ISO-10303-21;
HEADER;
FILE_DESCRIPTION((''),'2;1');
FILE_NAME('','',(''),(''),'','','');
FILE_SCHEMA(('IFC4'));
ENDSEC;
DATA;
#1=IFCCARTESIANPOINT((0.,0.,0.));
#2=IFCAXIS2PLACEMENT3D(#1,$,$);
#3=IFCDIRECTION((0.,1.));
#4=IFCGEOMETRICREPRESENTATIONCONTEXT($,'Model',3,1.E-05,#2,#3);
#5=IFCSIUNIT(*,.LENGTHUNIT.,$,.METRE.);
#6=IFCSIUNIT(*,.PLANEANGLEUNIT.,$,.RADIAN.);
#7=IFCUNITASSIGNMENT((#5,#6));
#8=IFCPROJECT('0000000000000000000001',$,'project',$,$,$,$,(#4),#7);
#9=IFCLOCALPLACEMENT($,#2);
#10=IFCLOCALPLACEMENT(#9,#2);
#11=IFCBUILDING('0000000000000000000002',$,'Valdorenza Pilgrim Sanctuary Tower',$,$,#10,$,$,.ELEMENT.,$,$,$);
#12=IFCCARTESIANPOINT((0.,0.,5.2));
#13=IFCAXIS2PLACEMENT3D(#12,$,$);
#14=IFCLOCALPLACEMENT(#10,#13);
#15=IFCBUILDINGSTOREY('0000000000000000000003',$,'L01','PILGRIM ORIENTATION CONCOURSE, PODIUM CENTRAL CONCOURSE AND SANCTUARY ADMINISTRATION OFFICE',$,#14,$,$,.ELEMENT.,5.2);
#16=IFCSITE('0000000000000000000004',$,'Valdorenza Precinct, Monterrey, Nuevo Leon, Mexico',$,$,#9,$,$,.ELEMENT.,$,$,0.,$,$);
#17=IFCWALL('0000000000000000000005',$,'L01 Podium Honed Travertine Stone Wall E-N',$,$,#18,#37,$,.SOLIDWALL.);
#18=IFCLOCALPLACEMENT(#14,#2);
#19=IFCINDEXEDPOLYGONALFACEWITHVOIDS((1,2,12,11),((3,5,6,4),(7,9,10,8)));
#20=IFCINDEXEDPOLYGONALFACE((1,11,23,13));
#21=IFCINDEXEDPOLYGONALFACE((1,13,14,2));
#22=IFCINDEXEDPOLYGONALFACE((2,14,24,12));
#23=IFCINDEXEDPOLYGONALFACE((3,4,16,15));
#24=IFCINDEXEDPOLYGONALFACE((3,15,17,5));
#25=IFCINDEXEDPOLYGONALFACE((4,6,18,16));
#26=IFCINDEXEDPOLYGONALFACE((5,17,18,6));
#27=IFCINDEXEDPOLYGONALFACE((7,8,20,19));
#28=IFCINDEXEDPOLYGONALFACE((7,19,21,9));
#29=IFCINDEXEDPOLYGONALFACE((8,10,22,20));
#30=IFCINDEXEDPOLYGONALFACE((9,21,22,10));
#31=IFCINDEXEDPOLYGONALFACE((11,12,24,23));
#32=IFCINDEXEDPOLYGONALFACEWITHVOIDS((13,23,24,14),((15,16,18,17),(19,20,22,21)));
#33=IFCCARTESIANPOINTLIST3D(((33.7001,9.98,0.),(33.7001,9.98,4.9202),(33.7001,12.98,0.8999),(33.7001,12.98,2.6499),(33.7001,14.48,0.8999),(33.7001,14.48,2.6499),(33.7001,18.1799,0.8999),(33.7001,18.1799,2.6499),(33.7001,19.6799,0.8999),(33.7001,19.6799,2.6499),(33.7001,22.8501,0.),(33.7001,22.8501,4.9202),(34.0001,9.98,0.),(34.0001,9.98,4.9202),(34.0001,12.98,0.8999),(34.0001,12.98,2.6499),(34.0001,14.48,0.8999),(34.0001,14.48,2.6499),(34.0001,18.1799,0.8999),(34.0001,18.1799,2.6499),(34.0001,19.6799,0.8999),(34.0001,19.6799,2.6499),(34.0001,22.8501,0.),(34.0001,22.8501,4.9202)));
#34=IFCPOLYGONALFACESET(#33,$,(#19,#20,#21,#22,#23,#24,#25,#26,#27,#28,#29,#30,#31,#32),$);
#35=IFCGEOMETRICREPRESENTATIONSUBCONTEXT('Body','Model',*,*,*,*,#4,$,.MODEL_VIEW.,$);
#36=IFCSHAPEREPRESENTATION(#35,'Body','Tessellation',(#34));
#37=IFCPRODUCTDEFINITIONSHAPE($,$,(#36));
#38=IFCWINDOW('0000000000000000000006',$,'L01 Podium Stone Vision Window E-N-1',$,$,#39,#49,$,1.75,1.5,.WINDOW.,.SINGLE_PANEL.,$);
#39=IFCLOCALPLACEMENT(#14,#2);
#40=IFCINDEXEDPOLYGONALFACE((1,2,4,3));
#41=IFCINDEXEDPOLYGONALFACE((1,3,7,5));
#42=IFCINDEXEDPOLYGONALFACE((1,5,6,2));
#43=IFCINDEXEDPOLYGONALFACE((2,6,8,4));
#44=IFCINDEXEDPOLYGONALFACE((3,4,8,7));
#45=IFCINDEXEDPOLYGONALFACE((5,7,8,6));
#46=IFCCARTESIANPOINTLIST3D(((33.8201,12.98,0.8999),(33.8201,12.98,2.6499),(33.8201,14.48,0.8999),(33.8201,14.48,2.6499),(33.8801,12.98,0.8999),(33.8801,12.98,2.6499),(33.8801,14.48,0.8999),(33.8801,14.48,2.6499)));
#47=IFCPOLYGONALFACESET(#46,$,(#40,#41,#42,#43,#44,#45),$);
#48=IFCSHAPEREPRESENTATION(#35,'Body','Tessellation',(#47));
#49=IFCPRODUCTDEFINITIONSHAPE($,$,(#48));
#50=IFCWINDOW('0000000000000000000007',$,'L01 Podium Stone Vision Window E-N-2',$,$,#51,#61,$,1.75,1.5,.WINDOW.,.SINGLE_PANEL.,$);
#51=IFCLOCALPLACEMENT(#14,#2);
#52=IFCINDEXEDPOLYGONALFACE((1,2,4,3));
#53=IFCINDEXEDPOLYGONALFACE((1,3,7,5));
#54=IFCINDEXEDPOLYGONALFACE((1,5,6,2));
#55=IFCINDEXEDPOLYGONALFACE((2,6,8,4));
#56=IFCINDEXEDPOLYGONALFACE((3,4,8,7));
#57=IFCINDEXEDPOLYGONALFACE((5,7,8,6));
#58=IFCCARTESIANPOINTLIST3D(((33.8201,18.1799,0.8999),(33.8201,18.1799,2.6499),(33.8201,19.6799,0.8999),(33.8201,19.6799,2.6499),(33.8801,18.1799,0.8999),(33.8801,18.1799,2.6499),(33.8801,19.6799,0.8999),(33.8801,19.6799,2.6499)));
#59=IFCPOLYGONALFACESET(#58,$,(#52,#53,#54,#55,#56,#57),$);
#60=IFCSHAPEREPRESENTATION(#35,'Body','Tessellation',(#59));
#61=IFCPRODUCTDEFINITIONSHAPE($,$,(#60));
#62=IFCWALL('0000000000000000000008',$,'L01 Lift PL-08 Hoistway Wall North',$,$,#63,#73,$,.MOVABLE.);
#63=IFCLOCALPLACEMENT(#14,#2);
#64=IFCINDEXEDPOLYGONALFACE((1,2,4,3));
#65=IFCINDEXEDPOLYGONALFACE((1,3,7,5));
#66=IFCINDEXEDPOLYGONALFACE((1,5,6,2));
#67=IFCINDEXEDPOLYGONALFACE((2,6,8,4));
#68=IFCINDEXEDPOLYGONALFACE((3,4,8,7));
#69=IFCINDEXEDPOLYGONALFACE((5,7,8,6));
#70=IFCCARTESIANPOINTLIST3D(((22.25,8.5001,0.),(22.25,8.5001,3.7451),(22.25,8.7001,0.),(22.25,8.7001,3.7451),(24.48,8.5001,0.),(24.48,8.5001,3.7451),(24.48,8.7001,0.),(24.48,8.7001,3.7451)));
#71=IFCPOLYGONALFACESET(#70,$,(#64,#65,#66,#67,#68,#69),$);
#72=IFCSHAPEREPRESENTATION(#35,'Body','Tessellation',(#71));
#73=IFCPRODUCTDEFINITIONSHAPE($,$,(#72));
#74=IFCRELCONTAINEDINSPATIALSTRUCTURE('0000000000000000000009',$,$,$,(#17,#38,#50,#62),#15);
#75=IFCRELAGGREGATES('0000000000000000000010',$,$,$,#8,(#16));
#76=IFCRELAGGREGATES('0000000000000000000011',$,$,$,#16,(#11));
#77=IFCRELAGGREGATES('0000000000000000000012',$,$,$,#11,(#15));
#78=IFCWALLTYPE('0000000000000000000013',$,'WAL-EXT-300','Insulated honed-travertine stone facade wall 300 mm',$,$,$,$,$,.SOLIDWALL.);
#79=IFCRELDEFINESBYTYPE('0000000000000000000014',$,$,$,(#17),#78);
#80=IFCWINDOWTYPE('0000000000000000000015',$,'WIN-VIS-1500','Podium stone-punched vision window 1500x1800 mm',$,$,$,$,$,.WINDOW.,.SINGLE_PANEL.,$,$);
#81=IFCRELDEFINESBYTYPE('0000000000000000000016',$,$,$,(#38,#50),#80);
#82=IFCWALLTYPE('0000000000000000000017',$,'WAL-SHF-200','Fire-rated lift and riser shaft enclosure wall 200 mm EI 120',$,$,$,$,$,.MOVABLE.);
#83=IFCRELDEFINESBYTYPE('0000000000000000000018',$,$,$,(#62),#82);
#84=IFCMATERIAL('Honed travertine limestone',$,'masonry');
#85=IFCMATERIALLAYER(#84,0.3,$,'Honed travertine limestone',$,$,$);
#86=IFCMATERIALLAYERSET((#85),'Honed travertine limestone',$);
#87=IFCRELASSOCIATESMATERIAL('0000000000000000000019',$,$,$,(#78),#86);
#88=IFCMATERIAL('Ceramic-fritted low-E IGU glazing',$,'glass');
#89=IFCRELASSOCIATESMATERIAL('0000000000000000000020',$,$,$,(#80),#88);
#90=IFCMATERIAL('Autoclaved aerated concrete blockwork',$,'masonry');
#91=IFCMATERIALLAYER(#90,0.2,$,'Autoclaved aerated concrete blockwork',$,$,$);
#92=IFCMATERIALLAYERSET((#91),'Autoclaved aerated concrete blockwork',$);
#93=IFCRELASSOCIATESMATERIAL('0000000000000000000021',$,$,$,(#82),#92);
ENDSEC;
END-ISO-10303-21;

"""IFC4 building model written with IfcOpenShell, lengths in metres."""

from ifc_helpers import new_model, si_unit, direction, frame, frame_2d, origin, place, context, subcontext, project, spatial, rectangle, extrude, material, layer, layer_set, type_object, element, fill, save


model = new_model("IFC4")

# Units and contexts
model_context = context("Model", 3, precision=1e-05, world=origin(), true_north=direction((0.0, 1.0)))
body_context = subcontext(model_context, "Body", "Model", "MODEL_VIEW")
ifc_project = project(units=[si_unit("LENGTHUNIT", "METRE"), si_unit("PLANEANGLEUNIT", "RADIAN")], contexts=[model_context])

# Site, building, storey
site_placement = place(None, origin())
site = spatial("IfcSite", under=ifc_project, at=site_placement, Name="Valdorenza Precinct, Monterrey, Nuevo Leon, Mexico", CompositionType="ELEMENT", RefElevation=0.0)
building_placement = place(site_placement, origin())
building = spatial("IfcBuilding", under=site, at=building_placement, Name="Valdorenza Pilgrim Sanctuary Tower", CompositionType="ELEMENT")
storey_placement = place(building_placement, frame((0.0, 0.0, 5.2)))
storey = spatial("IfcBuildingStorey", under=building, at=storey_placement, Name="L01", Description="PILGRIM ORIENTATION CONCOURSE, PODIUM CENTRAL CONCOURSE AND SANCTUARY ADMINISTRATION OFFICE", CompositionType="ELEMENT", Elevation=5.2)

# Shared definitions
ifc_material_1 = material(Name="Honed travertine limestone", Category="masonry")
ifc_material_2 = material(Name="Ceramic-fritted low-E IGU glazing", Category="glass")

# Wall, openings, windows
ifc_layer_1 = layer(ifc_material_1, 0.3, Name="Honed travertine limestone")
ifc_layer_set_1 = layer_set([ifc_layer_1], Name="Honed travertine limestone")
wall_type_1 = type_object("IfcWallType", Name="WAL-EXT-300", Description="Insulated honed-travertine stone facade wall 300 mm", PredefinedType="SOLIDWALL", material=ifc_layer_set_1)
wall_1_placement = place(storey_placement, frame((33.8501, 9.98, 0.0), z_axis=(0.0, 0.0, 1.0), x_axis=(0.0, 1.0, 0.0)))
wall_1 = element("IfcWall", 1, at=wall_1_placement, inside=storey, type_object=wall_type_1, Name="L01 Podium Honed Travertine Stone Wall E-N", PredefinedType="SOLIDWALL", context=body_context, shape_type="SweptSolid", body=[
    extrude(rectangle(XDim=12.8701, YDim=0.3, at=frame_2d((6.4351, 0.0))), origin(), (0.0, 0.0, 1.0), 4.9202),
])
opening_1_placement = place(wall_1_placement, frame((3.0, 0.0, 0.8999)))
opening_1 = element("IfcOpeningElement", 2, at=opening_1_placement, cuts=wall_1, PredefinedType="OPENING", context=body_context, shape_type="SweptSolid", body=[
    extrude(rectangle(XDim=1.5, YDim=1.75, at=frame_2d((0.75, 0.875))), frame((0.0, 0.165, 0.0), z_axis=(0.0, -1.0, 0.0), x_axis=(1.0, 0.0, 0.0)), (0.0, 0.0, 1.0), 0.3298),
])
opening_2_placement = place(wall_1_placement, frame((8.2, 0.0, 0.8999)))
opening_2 = element("IfcOpeningElement", 3, at=opening_2_placement, cuts=wall_1, PredefinedType="OPENING", context=body_context, shape_type="SweptSolid", body=[
    extrude(rectangle(XDim=1.5, YDim=1.75, at=frame_2d((0.75, 0.875))), frame((0.0, 0.165, 0.0), z_axis=(0.0, -1.0, 0.0), x_axis=(1.0, 0.0, 0.0)), (0.0, 0.0, 1.0), 0.3298),
])
window_type = type_object("IfcWindowType", Name="WIN-VIS-1500", Description="Podium stone-punched vision window 1500x1800 mm", PartitioningType="SINGLE_PANEL", PredefinedType="WINDOW", material=ifc_material_2)
window_1_placement = place(opening_1_placement, origin())
window_1 = element("IfcWindow", 4, at=window_1_placement, inside=storey, type_object=window_type, Name="L01 Podium Stone Vision Window E-N-1", OverallHeight=1.75, OverallWidth=1.5, PartitioningType="SINGLE_PANEL", PredefinedType="WINDOW", context=body_context, shape_type="SweptSolid", body=[
    extrude(rectangle(XDim=1.5, YDim=1.75, at=frame_2d((0.75, 0.875))), frame((0.0, 0.03, 0.0), z_axis=(0.0, -1.0, 0.0), x_axis=(1.0, 0.0, 0.0)), (0.0, 0.0, 1.0), 0.0601),
])
fill(opening_1, window_1)
window_2_placement = place(opening_2_placement, origin())
window_2 = element("IfcWindow", 5, at=window_2_placement, inside=storey, type_object=window_type, Name="L01 Podium Stone Vision Window E-N-2", OverallHeight=1.75, OverallWidth=1.5, PartitioningType="SINGLE_PANEL", PredefinedType="WINDOW", context=body_context, shape_type="SweptSolid", body=[
    extrude(rectangle(XDim=1.5, YDim=1.75, at=frame_2d((0.75, 0.875))), frame((0.0, 0.03, 0.0), z_axis=(0.0, -1.0, 0.0), x_axis=(1.0, 0.0, 0.0)), (0.0, 0.0, 1.0), 0.0601),
])
fill(opening_2, window_2)

# Wall
ifc_material_3 = material(Name="Autoclaved aerated concrete blockwork", Category="masonry")
ifc_layer_2 = layer(ifc_material_3, 0.2, Name="Autoclaved aerated concrete blockwork")
ifc_layer_set_2 = layer_set([ifc_layer_2], Name="Autoclaved aerated concrete blockwork")
wall_type_2 = type_object("IfcWallType", Name="WAL-SHF-200", Description="Fire-rated lift and riser shaft enclosure wall 200 mm EI 120", PredefinedType="MOVABLE", material=ifc_layer_set_2)
wall_2_placement = place(storey_placement, frame((22.25, 8.6001, 0.0), z_axis=(0.0, 0.0, 1.0), x_axis=(1.0, 0.0, 0.0)))
element("IfcWall", 6, at=wall_2_placement, inside=storey, type_object=wall_type_2, Name="L01 Lift PL-08 Hoistway Wall North", PredefinedType="MOVABLE", context=body_context, shape_type="SweptSolid", body=[
    extrude(rectangle(XDim=2.23, YDim=0.2, at=frame_2d((1.115, 0.0))), origin(), (0.0, 0.0, 1.0), 3.7451),
])

save(model, "model.ifc")
